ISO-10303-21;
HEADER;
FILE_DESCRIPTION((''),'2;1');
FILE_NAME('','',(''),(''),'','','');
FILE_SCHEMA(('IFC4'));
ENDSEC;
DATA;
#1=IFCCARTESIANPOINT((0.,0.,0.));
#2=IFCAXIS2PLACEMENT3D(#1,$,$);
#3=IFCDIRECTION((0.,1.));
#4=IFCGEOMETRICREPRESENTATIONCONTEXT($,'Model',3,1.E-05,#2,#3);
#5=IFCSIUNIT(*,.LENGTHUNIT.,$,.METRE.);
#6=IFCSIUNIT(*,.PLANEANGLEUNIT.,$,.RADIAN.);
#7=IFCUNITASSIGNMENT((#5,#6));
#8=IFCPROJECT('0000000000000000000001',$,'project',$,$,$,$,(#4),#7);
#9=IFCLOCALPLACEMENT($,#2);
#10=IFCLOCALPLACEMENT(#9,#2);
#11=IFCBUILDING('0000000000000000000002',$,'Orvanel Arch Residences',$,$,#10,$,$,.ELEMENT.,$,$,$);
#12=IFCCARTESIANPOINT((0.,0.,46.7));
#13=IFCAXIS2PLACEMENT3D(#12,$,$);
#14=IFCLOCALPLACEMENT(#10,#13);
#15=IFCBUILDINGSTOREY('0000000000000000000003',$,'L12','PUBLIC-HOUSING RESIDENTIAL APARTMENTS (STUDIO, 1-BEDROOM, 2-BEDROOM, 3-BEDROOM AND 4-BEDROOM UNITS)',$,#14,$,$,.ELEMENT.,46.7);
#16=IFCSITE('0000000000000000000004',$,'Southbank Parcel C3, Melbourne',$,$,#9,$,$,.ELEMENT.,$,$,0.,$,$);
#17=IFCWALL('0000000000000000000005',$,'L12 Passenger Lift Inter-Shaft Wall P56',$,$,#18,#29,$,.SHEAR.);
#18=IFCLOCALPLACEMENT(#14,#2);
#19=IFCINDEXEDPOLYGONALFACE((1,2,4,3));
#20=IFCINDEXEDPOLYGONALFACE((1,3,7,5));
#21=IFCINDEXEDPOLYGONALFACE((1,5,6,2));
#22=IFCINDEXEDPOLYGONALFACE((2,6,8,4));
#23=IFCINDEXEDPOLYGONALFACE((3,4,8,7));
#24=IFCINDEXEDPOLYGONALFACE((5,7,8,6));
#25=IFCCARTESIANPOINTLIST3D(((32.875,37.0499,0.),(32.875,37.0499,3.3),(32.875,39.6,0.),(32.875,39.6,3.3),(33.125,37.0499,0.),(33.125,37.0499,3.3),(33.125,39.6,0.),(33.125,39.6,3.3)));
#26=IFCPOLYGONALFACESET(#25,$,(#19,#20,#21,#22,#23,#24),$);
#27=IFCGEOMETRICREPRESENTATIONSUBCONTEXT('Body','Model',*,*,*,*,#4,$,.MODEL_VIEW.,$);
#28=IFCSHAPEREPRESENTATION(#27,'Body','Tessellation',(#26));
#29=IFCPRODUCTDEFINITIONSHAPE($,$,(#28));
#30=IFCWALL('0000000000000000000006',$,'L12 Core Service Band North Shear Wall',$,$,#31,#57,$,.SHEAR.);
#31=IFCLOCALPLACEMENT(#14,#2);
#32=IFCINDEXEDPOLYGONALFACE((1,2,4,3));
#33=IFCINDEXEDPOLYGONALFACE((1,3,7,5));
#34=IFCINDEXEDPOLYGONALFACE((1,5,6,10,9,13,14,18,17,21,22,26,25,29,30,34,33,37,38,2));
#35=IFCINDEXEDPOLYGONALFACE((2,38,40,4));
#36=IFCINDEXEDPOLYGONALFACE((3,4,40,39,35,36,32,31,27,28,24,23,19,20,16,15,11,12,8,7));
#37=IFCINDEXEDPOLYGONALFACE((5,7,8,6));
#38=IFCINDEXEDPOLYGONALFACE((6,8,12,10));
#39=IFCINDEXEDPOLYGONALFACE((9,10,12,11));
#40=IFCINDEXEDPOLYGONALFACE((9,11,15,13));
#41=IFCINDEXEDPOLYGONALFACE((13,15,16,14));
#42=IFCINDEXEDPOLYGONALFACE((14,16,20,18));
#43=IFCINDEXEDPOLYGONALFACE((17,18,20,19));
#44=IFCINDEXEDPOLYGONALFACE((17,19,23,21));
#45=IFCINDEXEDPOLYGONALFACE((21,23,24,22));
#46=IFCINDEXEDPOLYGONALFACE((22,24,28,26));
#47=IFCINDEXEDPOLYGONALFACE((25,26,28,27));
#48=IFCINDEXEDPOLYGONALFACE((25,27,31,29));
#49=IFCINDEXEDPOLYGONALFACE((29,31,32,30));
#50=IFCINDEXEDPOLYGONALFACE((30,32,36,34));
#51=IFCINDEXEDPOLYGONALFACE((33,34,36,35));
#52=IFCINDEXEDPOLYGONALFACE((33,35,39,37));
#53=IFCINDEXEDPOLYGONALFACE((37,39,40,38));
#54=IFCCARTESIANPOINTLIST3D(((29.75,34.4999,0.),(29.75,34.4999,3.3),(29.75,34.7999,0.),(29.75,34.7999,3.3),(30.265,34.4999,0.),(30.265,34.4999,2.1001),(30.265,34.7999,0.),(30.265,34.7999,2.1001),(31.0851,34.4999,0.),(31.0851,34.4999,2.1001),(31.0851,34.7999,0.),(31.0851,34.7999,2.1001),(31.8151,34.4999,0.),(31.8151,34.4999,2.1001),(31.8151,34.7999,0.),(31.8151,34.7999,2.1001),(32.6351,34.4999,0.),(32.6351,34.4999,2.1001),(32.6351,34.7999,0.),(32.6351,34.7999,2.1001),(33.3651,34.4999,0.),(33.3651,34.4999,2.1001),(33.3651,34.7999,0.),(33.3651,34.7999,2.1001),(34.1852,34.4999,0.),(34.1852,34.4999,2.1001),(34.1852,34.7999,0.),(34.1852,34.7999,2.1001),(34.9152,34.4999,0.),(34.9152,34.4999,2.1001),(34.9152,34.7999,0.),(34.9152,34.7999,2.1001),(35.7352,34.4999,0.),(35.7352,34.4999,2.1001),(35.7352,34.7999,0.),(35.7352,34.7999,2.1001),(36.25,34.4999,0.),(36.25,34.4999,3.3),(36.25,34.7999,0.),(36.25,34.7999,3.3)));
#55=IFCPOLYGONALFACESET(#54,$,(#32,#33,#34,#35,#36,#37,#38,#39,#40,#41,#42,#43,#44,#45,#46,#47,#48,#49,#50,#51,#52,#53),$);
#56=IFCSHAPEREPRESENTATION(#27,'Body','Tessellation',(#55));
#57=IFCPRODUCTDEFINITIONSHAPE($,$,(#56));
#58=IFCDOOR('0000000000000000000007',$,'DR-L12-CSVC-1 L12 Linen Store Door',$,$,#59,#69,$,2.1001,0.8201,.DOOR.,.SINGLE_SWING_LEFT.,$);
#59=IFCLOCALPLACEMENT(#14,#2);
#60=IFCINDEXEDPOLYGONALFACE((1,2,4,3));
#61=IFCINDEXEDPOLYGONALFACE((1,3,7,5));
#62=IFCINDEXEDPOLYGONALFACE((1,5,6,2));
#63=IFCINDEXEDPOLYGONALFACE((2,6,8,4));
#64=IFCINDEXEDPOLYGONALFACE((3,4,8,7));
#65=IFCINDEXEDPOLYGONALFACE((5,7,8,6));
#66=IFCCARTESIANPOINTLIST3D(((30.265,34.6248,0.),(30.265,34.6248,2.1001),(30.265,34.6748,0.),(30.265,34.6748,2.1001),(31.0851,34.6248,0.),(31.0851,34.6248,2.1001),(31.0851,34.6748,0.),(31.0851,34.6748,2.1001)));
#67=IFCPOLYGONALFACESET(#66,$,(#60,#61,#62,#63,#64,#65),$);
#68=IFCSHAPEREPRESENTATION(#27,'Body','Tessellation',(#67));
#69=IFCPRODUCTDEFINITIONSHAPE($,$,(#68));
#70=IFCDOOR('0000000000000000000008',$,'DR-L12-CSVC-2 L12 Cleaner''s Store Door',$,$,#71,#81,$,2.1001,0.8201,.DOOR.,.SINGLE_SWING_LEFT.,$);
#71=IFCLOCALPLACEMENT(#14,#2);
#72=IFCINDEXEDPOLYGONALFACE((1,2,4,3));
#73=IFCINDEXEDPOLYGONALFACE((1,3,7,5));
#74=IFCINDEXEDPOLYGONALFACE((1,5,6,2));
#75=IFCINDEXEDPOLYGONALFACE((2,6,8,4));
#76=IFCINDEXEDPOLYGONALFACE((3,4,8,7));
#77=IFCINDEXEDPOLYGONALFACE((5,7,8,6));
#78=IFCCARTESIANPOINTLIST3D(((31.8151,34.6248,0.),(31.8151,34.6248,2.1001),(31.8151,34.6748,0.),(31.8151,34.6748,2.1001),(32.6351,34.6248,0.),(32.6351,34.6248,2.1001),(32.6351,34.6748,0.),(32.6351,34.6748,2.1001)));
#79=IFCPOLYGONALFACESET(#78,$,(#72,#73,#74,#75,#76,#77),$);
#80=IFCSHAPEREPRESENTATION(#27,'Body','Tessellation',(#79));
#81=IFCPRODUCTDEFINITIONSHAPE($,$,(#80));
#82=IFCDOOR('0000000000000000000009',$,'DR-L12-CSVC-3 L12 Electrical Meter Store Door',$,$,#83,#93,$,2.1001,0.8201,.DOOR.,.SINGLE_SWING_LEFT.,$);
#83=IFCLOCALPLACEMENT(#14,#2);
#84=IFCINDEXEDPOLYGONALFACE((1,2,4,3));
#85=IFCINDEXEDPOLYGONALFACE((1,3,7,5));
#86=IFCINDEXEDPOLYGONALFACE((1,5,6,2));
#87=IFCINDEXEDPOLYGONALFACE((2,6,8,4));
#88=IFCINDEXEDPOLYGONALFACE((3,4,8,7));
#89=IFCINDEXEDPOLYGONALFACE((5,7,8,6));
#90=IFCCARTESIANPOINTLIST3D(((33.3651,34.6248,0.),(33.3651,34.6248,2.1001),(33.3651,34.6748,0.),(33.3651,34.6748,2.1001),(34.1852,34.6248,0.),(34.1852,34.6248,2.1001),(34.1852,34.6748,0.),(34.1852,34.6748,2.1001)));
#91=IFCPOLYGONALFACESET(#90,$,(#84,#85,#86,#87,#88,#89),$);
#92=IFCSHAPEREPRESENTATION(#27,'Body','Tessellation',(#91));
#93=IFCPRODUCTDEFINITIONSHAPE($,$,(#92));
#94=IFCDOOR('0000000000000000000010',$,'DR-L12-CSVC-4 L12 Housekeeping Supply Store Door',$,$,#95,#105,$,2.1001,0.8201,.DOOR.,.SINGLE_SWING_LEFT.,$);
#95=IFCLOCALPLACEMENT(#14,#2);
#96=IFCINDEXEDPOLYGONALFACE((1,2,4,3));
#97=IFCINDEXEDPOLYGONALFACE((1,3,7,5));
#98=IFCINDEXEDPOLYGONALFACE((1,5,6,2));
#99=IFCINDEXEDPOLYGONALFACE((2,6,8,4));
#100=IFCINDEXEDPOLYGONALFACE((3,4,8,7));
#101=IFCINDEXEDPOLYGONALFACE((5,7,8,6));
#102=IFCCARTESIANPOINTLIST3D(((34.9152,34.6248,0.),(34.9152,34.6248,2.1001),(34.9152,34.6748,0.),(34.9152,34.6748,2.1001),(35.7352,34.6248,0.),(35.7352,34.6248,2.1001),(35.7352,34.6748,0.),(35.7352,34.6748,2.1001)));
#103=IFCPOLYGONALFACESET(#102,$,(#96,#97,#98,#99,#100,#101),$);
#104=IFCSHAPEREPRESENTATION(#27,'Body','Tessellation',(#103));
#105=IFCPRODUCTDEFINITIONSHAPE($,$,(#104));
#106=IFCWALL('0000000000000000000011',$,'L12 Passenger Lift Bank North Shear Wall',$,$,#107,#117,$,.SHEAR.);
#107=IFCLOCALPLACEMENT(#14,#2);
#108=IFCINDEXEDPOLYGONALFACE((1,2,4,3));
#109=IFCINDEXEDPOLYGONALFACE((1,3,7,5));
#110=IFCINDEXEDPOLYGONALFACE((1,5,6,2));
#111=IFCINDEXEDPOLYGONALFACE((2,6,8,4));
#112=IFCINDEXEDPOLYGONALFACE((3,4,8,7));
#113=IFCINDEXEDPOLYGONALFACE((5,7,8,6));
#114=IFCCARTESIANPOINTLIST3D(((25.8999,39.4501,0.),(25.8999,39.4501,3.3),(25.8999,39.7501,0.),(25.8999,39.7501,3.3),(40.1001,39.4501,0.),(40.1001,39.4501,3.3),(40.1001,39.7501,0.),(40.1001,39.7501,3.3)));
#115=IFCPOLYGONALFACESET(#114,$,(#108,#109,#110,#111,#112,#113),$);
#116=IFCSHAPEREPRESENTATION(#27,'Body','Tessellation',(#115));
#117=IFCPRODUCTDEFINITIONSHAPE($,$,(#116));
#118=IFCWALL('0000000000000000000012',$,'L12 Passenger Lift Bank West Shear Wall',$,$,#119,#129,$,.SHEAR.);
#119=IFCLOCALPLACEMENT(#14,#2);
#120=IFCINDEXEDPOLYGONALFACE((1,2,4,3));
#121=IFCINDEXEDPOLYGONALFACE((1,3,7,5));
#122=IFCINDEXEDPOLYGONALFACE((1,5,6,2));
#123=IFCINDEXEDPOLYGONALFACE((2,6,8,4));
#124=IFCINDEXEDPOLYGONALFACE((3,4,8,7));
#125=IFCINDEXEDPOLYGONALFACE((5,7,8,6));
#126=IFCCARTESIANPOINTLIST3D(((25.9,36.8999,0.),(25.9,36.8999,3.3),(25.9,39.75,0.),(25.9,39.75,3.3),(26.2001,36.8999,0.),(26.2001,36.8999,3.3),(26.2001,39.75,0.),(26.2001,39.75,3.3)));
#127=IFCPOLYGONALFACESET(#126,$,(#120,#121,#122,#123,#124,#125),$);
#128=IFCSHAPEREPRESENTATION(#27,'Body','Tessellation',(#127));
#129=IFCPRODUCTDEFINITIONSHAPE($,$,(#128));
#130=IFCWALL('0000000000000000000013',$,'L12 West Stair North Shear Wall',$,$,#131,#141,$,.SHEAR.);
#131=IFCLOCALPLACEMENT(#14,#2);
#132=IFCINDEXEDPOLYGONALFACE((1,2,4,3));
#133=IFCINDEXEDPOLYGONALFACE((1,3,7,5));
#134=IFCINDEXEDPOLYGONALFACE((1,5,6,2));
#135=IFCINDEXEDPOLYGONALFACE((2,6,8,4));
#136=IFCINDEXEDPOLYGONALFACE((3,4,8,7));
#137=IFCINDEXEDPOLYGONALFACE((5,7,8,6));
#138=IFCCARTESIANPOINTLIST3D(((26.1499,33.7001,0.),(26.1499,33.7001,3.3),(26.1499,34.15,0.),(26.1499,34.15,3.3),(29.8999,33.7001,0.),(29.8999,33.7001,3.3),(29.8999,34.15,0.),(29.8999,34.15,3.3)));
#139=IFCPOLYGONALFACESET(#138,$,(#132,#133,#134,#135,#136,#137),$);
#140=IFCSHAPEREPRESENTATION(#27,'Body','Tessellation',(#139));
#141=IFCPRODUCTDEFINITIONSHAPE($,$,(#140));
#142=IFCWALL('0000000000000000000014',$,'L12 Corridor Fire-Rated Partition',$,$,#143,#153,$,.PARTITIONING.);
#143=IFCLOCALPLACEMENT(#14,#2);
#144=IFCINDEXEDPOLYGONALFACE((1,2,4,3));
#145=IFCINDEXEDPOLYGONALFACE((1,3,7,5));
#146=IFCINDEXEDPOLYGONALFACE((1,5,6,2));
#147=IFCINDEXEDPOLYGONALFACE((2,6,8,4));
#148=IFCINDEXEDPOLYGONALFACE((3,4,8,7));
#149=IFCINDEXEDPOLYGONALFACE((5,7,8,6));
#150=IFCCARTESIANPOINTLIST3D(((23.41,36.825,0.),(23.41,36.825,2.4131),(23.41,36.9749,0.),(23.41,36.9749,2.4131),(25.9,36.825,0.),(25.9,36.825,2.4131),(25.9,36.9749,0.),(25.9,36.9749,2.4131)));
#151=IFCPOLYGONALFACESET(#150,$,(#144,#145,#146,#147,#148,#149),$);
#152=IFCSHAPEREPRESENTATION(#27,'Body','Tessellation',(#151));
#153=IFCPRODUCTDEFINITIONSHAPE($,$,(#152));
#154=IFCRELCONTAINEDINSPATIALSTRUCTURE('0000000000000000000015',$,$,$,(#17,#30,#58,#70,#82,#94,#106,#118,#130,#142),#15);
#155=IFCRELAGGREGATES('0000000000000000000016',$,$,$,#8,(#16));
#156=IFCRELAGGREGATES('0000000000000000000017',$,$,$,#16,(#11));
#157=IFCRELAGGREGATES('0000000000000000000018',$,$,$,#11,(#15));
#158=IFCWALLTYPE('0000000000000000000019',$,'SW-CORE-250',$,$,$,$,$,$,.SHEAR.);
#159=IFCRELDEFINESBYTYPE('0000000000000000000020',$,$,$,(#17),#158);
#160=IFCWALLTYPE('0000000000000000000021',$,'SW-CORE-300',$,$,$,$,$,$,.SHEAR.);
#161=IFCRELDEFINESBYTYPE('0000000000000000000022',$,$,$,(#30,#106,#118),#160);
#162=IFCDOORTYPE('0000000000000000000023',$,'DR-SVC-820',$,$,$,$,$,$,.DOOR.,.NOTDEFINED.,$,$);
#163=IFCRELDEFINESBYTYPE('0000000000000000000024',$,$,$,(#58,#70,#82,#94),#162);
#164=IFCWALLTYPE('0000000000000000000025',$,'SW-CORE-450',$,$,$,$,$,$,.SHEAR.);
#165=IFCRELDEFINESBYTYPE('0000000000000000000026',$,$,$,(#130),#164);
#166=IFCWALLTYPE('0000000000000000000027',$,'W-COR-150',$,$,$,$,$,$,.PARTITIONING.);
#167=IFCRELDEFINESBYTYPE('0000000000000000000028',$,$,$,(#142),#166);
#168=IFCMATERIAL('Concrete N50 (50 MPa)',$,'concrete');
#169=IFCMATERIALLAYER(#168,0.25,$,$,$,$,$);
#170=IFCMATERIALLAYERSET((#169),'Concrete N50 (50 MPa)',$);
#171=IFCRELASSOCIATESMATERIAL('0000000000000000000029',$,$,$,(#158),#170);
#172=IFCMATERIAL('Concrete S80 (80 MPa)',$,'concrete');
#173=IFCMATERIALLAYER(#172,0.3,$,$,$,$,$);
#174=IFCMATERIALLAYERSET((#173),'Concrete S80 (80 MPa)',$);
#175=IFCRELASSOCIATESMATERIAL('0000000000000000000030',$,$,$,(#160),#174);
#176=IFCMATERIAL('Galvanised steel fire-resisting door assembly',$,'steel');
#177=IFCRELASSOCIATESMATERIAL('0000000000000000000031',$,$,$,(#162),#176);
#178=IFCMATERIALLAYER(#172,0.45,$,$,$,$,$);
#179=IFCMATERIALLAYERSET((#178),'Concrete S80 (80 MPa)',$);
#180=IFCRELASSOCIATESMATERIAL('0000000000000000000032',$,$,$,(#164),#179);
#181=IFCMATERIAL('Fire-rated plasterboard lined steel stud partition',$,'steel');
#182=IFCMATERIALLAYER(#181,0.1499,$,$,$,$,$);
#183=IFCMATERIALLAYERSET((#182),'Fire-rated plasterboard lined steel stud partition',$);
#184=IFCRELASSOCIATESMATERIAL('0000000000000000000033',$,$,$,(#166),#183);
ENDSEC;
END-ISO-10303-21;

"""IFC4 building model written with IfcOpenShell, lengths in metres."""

from ifc_helpers import new_model, si_unit, direction, frame, frame_2d, origin, place, context, subcontext, project, spatial, rectangle, extrude, material, layer, layer_set, type_object, element, fill, save


model = new_model("IFC4")

# Units and contexts
model_context = context("Model", 3, precision=1e-05, world=origin(), true_north=direction((0.0, 1.0)))
body_context = subcontext(model_context, "Body", "Model", "MODEL_VIEW")
ifc_project = project(units=[si_unit("LENGTHUNIT", "METRE"), si_unit("PLANEANGLEUNIT", "RADIAN")], contexts=[model_context])

# Site, building, storey
site_placement = place(None, origin())
site = spatial("IfcSite", under=ifc_project, at=site_placement, Name="Southbank Parcel C3, Melbourne", CompositionType="ELEMENT", RefElevation=0.0)
building_placement = place(site_placement, origin())
building = spatial("IfcBuilding", under=site, at=building_placement, Name="Orvanel Arch Residences", CompositionType="ELEMENT")
storey_placement = place(building_placement, frame((0.0, 0.0, 46.7)))
storey = spatial("IfcBuildingStorey", under=building, at=storey_placement, Name="L12", Description="PUBLIC-HOUSING RESIDENTIAL APARTMENTS (STUDIO, 1-BEDROOM, 2-BEDROOM, 3-BEDROOM AND 4-BEDROOM UNITS)", CompositionType="ELEMENT", Elevation=46.7)

# Wall
ifc_material_1 = material(Name="Concrete N50 (50 MPa)", Category="concrete")
ifc_layer_1 = layer(ifc_material_1, 0.25)
ifc_layer_set_1 = layer_set([ifc_layer_1], Name="Concrete N50 (50 MPa)")
wall_type_1 = type_object("IfcWallType", Name="SW-CORE-250", PredefinedType="SHEAR", material=ifc_layer_set_1)
for number, where, z_axis, x_axis, name in (
    (1, (33.0, 37.05, 0.0), (0.0, 0.0, 1.0), (0.0, 1.0, 0.0), "L12 Passenger Lift Inter-Shaft Wall P56"),
):
    element("IfcWall", number, at=place(storey_placement, frame(where, z_axis=z_axis, x_axis=x_axis)), inside=storey, type_object=wall_type_1, Name=name, PredefinedType="SHEAR", context=body_context, shape_type="SweptSolid", body=[
        extrude(rectangle(XDim=2.55, YDim=0.25, at=frame_2d((1.2749, 0.0))), origin(), (0.0, 0.0, 1.0), 3.3),
    ])

# Wall, openings, doors
ifc_material_2 = material(Name="Concrete S80 (80 MPa)", Category="concrete")
ifc_layer_2 = layer(ifc_material_2, 0.3)
ifc_layer_set_2 = layer_set([ifc_layer_2], Name="Concrete S80 (80 MPa)")
wall_type_2 = type_object("IfcWallType", Name="SW-CORE-300", PredefinedType="SHEAR", material=ifc_layer_set_2)
wall_1_placement = place(storey_placement, frame((29.75, 34.6499, 0.0), z_axis=(0.0, 0.0, 1.0), x_axis=(1.0, 0.0, 0.0)))
wall_1 = element("IfcWall", 2, at=wall_1_placement, inside=storey, type_object=wall_type_2, Name="L12 Core Service Band North Shear Wall", PredefinedType="SHEAR", context=body_context, shape_type="SweptSolid", body=[
    extrude(rectangle(XDim=6.5, YDim=0.3, at=frame_2d((3.25, 0.0))), origin(), (0.0, 0.0, 1.0), 3.3),
])
opening_1_placement = place(wall_1_placement, frame((0.5149, 0.0, 0.0)))
opening_1 = element("IfcOpeningElement", 3, at=opening_1_placement, cuts=wall_1, PredefinedType="OPENING", context=body_context, shape_type="SweptSolid", body=[
    extrude(rectangle(XDim=0.8201, YDim=2.1001, at=frame_2d((0.4102, 1.05))), frame((0.0, 0.1599, 0.0), z_axis=(0.0, -1.0, 0.0), x_axis=(1.0, 0.0, 0.0)), (0.0, 0.0, 1.0), 0.3201),
])
opening_2_placement = place(wall_1_placement, frame((2.0649, 0.0, 0.0)))
opening_2 = element("IfcOpeningElement", 4, at=opening_2_placement, cuts=wall_1, PredefinedType="OPENING", context=body_context, shape_type="SweptSolid", body=[
    extrude(rectangle(XDim=0.8201, YDim=2.1001, at=frame_2d((0.4102, 1.05))), frame((0.0, 0.1599, 0.0), z_axis=(0.0, -1.0, 0.0), x_axis=(1.0, 0.0, 0.0)), (0.0, 0.0, 1.0), 0.3201),
])
opening_3_placement = place(wall_1_placement, frame((3.615, 0.0, 0.0)))
opening_3 = element("IfcOpeningElement", 5, at=opening_3_placement, cuts=wall_1, PredefinedType="OPENING", context=body_context, shape_type="SweptSolid", body=[
    extrude(rectangle(XDim=0.8201, YDim=2.1001, at=frame_2d((0.4102, 1.05))), frame((0.0, 0.1599, 0.0), z_axis=(0.0, -1.0, 0.0), x_axis=(1.0, 0.0, 0.0)), (0.0, 0.0, 1.0), 0.3201),
])
opening_4_placement = place(wall_1_placement, frame((5.165, 0.0, 0.0)))
opening_4 = element("IfcOpeningElement", 6, at=opening_4_placement, cuts=wall_1, PredefinedType="OPENING", context=body_context, shape_type="SweptSolid", body=[
    extrude(rectangle(XDim=0.8201, YDim=2.1001, at=frame_2d((0.4102, 1.05))), frame((0.0, 0.1599, 0.0), z_axis=(0.0, -1.0, 0.0), x_axis=(1.0, 0.0, 0.0)), (0.0, 0.0, 1.0), 0.3201),
])
ifc_material_3 = material(Name="Galvanised steel fire-resisting door assembly", Category="steel")
door_type_1 = type_object("IfcDoorType", Name="DR-SVC-820", OperationType="NOTDEFINED", PredefinedType="DOOR", material=ifc_material_3)
door_1_placement = place(opening_1_placement, origin())
door_1 = element("IfcDoor", 7, at=door_1_placement, inside=storey, type_object=door_type_1, Name="DR-L12-CSVC-1 L12 Linen Store Door", OperationType="SINGLE_SWING_LEFT", OverallHeight=2.1001, OverallWidth=0.8201, PredefinedType="DOOR", context=body_context, shape_type="SweptSolid", body=[
    extrude(rectangle(XDim=0.8201, YDim=2.1001, at=frame_2d((0.4102, 1.05))), frame((0.0, 0.0249, 0.0), z_axis=(0.0, -1.0, 0.0), x_axis=(1.0, 0.0, 0.0)), (0.0, 0.0, 1.0), 0.05),
])
fill(opening_1, door_1)
door_2_placement = place(opening_2_placement, origin())
door_2 = element("IfcDoor", 8, at=door_2_placement, inside=storey, type_object=door_type_1, Name="DR-L12-CSVC-2 L12 Cleaner's Store Door", OperationType="SINGLE_SWING_LEFT", OverallHeight=2.1001, OverallWidth=0.8201, PredefinedType="DOOR", context=body_context, shape_type="SweptSolid", body=[
    extrude(rectangle(XDim=0.8201, YDim=2.1001, at=frame_2d((0.4102, 1.05))), frame((0.0, 0.0249, 0.0), z_axis=(0.0, -1.0, 0.0), x_axis=(1.0, 0.0, 0.0)), (0.0, 0.0, 1.0), 0.05),
])
fill(opening_2, door_2)
door_3_placement = place(opening_3_placement, origin())
door_3 = element("IfcDoor", 9, at=door_3_placement, inside=storey, type_object=door_type_1, Name="DR-L12-CSVC-3 L12 Electrical Meter Store Door", OperationType="SINGLE_SWING_LEFT", OverallHeight=2.1001, OverallWidth=0.8201, PredefinedType="DOOR", context=body_context, shape_type="SweptSolid", body=[
    extrude(rectangle(XDim=0.8201, YDim=2.1001, at=frame_2d((0.4102, 1.05))), frame((0.0, 0.0249, 0.0), z_axis=(0.0, -1.0, 0.0), x_axis=(1.0, 0.0, 0.0)), (0.0, 0.0, 1.0), 0.05),
])
fill(opening_3, door_3)
door_4_placement = place(opening_4_placement, origin())
door_4 = element("IfcDoor", 10, at=door_4_placement, inside=storey, type_object=door_type_1, Name="DR-L12-CSVC-4 L12 Housekeeping Supply Store Door", OperationType="SINGLE_SWING_LEFT", OverallHeight=2.1001, OverallWidth=0.8201, PredefinedType="DOOR", context=body_context, shape_type="SweptSolid", body=[
    extrude(rectangle(XDim=0.8201, YDim=2.1001, at=frame_2d((0.4102, 1.05))), frame((0.0, 0.0249, 0.0), z_axis=(0.0, -1.0, 0.0), x_axis=(1.0, 0.0, 0.0)), (0.0, 0.0, 1.0), 0.05),
])
fill(opening_4, door_4)

# Walls
wall_2_placement = place(storey_placement, frame((25.8999, 39.6001, 0.0), z_axis=(0.0, 0.0, 1.0), x_axis=(1.0, 0.0, 0.0)))
element("IfcWall", 11, at=wall_2_placement, inside=storey, type_object=wall_type_2, Name="L12 Passenger Lift Bank North Shear Wall", PredefinedType="SHEAR", context=body_context, shape_type="SweptSolid", body=[
    extrude(rectangle(XDim=14.2002, YDim=0.3, at=frame_2d((7.1001, 0.0))), origin(), (0.0, 0.0, 1.0), 3.3),
])
wall_3_placement = place(storey_placement, frame((26.05, 36.8999, 0.0), z_axis=(0.0, 0.0, 1.0), x_axis=(0.0, 1.0, 0.0)))
element("IfcWall", 12, at=wall_3_placement, inside=storey, type_object=wall_type_2, Name="L12 Passenger Lift Bank West Shear Wall", PredefinedType="SHEAR", context=body_context, shape_type="SweptSolid", body=[
    extrude(rectangle(XDim=2.8501, YDim=0.3, at=frame_2d((1.425, 0.0))), origin(), (0.0, 0.0, 1.0), 3.3),
])
ifc_layer_3 = layer(ifc_material_2, 0.45)
ifc_layer_set_3 = layer_set([ifc_layer_3], Name="Concrete S80 (80 MPa)")
wall_type_3 = type_object("IfcWallType", Name="SW-CORE-450", PredefinedType="SHEAR", material=ifc_layer_set_3)
wall_4_placement = place(storey_placement, frame((26.1499, 33.925, 0.0), z_axis=(0.0, 0.0, 1.0), x_axis=(1.0, 0.0, 0.0)))
element("IfcWall", 13, at=wall_4_placement, inside=storey, type_object=wall_type_3, Name="L12 West Stair North Shear Wall", PredefinedType="SHEAR", context=body_context, shape_type="SweptSolid", body=[
    extrude(rectangle(XDim=3.75, YDim=0.45, at=frame_2d((1.875, 0.0))), origin(), (0.0, 0.0, 1.0), 3.3),
])
ifc_material_4 = material(Name="Fire-rated plasterboard lined steel stud partition", Category="steel")
ifc_layer_4 = layer(ifc_material_4, 0.1499)
ifc_layer_set_4 = layer_set([ifc_layer_4], Name="Fire-rated plasterboard lined steel stud partition")
wall_type_4 = type_object("IfcWallType", Name="W-COR-150", PredefinedType="PARTITIONING", material=ifc_layer_set_4)
wall_5_placement = place(storey_placement, frame((23.4099, 36.8999, 0.0), z_axis=(0.0, 0.0, 1.0), x_axis=(1.0, 0.0, 0.0)))
element("IfcWall", 14, at=wall_5_placement, inside=storey, type_object=wall_type_4, Name="L12 Corridor Fire-Rated Partition", PredefinedType="PARTITIONING", context=body_context, shape_type="SweptSolid", body=[
    extrude(rectangle(XDim=2.49, YDim=0.1499, at=frame_2d((1.2451, 0.0))), origin(), (0.0, 0.0, 1.0), 2.4131),
])

save(model, "model.ifc")
